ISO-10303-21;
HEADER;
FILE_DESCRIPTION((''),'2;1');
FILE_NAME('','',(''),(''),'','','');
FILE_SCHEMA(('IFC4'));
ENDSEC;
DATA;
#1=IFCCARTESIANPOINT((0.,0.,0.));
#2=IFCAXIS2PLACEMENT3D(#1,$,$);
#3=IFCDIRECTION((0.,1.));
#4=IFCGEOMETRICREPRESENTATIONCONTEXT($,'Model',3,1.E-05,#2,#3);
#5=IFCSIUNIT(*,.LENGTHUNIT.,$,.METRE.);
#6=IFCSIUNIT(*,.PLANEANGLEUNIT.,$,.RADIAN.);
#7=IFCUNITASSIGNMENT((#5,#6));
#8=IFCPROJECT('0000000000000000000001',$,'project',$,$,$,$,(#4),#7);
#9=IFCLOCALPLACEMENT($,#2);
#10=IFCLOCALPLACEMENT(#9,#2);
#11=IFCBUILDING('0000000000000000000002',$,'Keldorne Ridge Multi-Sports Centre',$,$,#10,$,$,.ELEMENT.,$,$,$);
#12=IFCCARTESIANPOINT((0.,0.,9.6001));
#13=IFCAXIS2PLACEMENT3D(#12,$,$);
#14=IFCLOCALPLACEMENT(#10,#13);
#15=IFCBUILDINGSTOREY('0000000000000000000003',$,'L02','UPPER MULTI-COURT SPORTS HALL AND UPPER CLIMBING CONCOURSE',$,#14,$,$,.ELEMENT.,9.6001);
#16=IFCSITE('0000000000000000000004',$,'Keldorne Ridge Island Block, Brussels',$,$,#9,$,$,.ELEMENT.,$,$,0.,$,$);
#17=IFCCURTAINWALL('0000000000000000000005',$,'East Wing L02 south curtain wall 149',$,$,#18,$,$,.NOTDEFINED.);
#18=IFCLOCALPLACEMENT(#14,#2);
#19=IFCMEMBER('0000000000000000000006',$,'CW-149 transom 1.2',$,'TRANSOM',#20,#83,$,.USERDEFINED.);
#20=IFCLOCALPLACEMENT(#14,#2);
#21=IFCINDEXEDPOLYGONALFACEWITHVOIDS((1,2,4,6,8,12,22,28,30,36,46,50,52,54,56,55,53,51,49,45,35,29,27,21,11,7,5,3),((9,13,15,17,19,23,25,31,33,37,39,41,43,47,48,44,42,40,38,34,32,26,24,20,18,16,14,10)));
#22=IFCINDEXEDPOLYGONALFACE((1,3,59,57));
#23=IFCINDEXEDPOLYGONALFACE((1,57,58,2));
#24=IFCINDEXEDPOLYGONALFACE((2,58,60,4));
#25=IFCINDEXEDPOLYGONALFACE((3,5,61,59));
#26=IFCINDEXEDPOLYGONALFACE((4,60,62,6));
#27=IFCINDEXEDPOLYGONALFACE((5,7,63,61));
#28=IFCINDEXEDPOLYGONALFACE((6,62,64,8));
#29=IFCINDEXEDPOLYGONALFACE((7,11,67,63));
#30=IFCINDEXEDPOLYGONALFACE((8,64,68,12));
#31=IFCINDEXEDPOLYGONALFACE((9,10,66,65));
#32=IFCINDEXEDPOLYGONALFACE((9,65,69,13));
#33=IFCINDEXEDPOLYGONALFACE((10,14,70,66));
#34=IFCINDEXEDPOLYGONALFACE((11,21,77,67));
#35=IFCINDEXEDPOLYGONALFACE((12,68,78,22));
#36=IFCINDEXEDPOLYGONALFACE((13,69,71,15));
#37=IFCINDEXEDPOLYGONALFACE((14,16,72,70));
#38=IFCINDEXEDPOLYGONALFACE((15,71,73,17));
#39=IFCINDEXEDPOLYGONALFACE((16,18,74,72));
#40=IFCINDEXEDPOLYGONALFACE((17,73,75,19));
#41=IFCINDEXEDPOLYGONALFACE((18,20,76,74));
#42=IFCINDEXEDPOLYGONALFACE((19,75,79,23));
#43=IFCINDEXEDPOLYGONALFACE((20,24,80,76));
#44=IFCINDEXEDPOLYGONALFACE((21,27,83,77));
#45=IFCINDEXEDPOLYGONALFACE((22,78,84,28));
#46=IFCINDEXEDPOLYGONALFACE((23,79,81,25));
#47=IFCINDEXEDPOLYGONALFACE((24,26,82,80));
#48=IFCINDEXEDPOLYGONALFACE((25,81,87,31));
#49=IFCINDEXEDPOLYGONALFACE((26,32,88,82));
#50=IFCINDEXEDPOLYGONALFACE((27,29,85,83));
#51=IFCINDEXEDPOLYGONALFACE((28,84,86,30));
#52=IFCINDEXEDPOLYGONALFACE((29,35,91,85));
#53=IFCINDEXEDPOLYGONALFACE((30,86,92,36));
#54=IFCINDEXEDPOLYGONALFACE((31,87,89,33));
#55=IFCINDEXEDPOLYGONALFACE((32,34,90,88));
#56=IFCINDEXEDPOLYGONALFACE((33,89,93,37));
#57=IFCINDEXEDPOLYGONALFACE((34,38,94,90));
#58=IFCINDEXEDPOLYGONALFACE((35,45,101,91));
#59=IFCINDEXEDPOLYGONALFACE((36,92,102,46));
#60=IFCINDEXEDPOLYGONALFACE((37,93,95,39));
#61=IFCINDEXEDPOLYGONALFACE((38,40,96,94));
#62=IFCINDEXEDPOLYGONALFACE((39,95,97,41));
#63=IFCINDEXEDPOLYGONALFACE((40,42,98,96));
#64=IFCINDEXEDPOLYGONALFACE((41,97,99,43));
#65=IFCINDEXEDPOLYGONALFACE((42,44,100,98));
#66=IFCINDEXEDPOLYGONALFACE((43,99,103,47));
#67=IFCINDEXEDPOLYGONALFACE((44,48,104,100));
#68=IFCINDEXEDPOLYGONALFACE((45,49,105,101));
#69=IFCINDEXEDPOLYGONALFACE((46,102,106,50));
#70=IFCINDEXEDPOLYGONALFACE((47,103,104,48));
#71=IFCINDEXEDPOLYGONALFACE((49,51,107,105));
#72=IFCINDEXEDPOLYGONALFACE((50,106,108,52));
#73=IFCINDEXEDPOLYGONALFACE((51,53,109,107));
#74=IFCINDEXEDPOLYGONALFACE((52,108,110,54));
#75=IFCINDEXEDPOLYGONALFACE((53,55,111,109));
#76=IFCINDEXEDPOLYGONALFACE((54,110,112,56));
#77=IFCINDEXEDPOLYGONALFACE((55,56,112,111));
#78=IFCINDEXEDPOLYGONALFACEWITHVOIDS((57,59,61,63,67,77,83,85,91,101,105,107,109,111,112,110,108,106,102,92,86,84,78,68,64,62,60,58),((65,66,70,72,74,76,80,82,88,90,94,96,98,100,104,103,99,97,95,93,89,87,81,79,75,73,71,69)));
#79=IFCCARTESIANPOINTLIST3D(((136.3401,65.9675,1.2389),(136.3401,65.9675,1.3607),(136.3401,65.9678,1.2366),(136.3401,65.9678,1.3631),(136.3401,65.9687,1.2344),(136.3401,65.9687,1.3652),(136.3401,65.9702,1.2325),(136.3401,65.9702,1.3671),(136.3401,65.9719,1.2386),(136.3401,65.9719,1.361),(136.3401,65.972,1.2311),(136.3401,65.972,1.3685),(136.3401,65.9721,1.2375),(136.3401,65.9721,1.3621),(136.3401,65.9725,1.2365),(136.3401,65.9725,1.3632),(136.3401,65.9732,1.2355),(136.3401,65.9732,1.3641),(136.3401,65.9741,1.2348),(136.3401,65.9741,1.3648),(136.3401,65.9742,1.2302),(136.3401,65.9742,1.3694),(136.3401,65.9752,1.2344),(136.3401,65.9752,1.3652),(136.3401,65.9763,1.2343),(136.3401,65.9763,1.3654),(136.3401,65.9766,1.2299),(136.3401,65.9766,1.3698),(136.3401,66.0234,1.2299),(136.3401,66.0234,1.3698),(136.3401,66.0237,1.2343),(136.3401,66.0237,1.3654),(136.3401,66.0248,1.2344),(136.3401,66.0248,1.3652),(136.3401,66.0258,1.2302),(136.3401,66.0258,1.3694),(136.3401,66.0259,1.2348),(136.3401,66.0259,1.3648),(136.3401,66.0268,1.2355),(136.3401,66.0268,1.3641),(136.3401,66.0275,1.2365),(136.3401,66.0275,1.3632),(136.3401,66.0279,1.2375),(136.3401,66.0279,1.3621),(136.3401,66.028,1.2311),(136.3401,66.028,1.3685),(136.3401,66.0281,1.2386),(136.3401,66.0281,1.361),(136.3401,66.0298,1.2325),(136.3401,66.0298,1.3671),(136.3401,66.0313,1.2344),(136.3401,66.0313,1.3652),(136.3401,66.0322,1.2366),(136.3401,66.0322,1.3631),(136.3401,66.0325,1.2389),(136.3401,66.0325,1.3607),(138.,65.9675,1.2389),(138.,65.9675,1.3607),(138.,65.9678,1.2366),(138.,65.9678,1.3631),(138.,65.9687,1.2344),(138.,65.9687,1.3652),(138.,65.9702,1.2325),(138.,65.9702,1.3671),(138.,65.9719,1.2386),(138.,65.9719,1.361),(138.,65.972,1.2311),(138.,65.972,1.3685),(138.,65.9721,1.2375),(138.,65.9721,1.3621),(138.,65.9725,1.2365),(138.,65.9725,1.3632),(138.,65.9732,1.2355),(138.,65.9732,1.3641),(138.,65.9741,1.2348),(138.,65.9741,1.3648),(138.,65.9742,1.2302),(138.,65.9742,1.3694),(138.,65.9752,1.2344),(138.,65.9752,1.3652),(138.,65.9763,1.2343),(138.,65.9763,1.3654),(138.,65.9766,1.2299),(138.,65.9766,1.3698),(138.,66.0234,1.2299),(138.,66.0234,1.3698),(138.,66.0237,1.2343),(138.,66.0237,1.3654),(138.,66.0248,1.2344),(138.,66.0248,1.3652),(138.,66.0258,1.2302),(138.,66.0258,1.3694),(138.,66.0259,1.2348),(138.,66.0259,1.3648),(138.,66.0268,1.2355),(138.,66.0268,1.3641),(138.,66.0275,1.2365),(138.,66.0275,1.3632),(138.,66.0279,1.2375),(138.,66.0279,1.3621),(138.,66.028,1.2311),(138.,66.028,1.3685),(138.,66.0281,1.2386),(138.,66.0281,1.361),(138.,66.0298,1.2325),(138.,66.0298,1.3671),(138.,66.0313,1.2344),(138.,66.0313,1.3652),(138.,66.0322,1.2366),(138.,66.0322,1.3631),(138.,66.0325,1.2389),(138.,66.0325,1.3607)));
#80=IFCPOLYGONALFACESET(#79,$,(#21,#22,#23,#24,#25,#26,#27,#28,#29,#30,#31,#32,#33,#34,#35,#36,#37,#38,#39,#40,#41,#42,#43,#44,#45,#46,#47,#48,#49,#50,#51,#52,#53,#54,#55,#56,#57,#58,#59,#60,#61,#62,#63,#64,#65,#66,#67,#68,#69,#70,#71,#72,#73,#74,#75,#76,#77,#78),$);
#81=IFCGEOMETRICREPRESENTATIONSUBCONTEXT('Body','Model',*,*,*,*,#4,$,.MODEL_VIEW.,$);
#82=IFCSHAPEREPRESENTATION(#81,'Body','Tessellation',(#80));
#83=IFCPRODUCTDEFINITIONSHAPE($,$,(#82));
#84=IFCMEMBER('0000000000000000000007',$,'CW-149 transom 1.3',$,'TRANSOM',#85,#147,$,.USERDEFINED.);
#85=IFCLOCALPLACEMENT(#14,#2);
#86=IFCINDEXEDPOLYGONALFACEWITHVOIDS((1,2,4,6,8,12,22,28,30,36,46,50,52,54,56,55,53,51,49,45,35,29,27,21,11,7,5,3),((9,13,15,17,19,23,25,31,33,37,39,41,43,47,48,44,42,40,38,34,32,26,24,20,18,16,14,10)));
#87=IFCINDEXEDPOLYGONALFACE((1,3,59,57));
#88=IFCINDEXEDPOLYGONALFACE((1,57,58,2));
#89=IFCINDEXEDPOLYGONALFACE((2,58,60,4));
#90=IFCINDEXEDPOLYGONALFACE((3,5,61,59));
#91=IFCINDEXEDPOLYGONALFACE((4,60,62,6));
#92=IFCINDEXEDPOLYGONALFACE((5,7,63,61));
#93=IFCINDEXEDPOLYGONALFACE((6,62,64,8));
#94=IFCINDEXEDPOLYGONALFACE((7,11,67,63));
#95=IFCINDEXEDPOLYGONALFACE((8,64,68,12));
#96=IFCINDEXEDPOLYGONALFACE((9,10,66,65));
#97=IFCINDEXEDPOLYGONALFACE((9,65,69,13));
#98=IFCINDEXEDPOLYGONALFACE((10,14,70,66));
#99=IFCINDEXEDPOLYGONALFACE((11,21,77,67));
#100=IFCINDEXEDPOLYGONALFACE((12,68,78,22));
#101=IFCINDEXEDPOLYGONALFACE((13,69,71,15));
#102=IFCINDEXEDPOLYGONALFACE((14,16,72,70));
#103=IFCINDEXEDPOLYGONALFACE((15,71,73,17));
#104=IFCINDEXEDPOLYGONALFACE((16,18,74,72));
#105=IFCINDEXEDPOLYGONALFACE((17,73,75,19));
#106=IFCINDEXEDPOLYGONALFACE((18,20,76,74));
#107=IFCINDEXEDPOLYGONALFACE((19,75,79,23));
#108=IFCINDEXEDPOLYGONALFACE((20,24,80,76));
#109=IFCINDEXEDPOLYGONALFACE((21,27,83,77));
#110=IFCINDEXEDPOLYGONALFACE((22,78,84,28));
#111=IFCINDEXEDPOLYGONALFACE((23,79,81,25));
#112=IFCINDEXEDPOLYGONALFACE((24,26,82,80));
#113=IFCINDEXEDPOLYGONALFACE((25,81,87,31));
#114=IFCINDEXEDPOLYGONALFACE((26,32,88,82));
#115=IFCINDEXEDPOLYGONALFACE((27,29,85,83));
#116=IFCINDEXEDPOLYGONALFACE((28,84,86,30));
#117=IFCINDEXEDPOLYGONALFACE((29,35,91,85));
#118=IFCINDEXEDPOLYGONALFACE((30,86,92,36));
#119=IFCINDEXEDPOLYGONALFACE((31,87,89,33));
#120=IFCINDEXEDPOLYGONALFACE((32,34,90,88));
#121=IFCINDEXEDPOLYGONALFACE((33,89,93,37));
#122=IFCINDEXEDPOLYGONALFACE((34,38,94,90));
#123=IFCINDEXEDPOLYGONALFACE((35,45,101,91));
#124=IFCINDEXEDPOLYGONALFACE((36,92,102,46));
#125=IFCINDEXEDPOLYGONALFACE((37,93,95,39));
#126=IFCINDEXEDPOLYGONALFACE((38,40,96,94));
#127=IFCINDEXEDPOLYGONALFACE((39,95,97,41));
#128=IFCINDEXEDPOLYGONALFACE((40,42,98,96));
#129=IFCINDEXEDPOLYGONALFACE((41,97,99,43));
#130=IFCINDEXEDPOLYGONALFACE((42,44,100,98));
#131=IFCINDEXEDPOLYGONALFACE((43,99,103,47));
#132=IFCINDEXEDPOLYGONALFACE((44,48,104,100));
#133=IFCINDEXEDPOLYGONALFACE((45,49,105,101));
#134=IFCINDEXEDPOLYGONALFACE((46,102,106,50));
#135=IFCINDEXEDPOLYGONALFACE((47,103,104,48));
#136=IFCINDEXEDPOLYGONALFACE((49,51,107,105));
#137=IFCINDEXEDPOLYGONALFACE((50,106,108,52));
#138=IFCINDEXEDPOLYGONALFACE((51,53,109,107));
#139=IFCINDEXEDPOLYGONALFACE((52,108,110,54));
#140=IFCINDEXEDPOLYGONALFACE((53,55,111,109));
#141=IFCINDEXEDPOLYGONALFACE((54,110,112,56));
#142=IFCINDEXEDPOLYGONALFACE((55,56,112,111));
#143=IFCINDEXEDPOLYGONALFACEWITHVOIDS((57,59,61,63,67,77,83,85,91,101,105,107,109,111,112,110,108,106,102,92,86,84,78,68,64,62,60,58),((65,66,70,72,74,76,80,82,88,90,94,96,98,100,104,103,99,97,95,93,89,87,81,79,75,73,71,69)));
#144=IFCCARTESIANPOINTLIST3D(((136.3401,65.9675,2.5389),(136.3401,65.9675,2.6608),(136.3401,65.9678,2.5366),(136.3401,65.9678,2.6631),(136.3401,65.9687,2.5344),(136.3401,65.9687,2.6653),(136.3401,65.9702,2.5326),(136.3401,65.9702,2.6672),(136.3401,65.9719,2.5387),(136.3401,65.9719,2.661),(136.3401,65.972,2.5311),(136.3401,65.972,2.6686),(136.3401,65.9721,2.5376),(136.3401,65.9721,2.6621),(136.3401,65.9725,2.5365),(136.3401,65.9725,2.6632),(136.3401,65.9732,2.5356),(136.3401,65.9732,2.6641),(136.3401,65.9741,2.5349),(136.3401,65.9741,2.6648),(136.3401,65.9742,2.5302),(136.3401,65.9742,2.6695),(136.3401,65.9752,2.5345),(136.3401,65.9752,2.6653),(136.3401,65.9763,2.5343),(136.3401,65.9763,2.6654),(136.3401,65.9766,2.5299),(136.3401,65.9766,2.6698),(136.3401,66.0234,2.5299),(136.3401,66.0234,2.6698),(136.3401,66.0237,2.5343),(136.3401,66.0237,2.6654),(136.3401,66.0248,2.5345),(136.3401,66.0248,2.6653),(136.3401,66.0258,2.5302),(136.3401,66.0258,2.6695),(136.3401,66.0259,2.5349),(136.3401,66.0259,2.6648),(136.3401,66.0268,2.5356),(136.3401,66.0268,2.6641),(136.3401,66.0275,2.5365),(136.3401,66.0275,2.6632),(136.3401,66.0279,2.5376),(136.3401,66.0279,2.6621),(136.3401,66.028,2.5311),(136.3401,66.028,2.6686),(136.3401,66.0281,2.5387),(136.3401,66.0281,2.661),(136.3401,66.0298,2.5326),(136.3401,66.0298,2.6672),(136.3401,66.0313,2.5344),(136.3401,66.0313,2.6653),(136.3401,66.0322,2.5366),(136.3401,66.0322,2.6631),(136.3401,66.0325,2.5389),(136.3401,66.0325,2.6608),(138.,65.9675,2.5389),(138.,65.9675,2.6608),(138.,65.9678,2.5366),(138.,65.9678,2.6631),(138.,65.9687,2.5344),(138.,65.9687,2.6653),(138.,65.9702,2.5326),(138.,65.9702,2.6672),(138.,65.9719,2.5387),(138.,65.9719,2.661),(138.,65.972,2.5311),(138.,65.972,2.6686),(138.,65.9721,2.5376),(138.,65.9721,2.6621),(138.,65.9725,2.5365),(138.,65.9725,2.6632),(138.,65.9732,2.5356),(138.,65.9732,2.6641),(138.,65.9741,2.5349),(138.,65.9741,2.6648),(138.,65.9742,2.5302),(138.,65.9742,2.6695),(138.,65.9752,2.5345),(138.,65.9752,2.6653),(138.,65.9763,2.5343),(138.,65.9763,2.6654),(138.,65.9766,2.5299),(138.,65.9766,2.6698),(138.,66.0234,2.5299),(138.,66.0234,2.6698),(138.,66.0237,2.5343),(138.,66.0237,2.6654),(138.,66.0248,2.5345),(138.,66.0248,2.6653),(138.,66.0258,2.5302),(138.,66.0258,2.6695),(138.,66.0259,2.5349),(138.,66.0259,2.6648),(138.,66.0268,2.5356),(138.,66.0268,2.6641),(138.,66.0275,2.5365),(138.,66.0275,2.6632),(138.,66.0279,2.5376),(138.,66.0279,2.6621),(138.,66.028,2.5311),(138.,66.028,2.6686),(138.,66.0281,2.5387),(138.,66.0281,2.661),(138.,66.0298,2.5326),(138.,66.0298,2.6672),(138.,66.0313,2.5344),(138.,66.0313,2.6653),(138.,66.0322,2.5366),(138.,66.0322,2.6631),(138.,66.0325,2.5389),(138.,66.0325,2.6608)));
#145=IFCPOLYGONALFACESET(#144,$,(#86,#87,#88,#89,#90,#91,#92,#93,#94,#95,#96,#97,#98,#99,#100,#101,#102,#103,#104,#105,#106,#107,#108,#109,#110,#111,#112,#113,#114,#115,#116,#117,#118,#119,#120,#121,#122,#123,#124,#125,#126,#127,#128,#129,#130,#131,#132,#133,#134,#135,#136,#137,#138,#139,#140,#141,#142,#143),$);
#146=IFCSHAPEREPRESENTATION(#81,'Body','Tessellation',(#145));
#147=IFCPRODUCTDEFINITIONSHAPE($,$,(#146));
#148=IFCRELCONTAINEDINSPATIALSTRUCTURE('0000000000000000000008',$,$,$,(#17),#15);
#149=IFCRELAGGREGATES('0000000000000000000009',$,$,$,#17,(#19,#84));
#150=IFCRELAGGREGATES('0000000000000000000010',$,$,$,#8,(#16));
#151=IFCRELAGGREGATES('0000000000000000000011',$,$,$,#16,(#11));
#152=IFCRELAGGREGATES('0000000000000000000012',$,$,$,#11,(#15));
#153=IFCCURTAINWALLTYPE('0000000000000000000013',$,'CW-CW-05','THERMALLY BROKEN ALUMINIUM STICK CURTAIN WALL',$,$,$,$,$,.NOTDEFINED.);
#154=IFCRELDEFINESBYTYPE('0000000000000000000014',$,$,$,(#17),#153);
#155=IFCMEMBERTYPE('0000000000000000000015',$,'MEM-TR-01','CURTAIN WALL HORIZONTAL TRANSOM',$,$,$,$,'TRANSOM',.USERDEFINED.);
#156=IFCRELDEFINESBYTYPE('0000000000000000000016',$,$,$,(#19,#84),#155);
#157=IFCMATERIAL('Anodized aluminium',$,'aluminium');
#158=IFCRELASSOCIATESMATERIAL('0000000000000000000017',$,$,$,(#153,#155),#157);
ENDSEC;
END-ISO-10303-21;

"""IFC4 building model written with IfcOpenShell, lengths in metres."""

from ifc_helpers import new_model, si_unit, direction, frame, origin, origin_2d, place, context, subcontext, project, spatial, hollow_rectangle, extrude, material, material_profile, profile_set, type_object, element, aggregate, save


model = new_model("IFC4")

# Units and contexts
model_context = context("Model", 3, precision=1e-05, world=origin(), true_north=direction((0.0, 1.0)))
body_context = subcontext(model_context, "Body", "Model", "MODEL_VIEW")
ifc_project = project(units=[si_unit("LENGTHUNIT", "METRE"), si_unit("PLANEANGLEUNIT", "RADIAN")], contexts=[model_context])

# Site, building, storey
site_placement = place(None, origin())
site = spatial("IfcSite", under=ifc_project, at=site_placement, Name="Keldorne Ridge Island Block, Brussels", CompositionType="ELEMENT", RefElevation=0.0)
building_placement = place(site_placement, origin())
building = spatial("IfcBuilding", under=site, at=building_placement, Name="Keldorne Ridge Multi-Sports Centre", CompositionType="ELEMENT")
storey_placement = place(building_placement, frame((0.0, 0.0, 9.6001)))
storey = spatial("IfcBuildingStorey", under=building, at=storey_placement, Name="L02", Description="UPPER MULTI-COURT SPORTS HALL AND UPPER CLIMBING CONCOURSE", CompositionType="ELEMENT", Elevation=9.6001)

# Curtain wall
ifc_material_1 = material(Name="Anodized aluminium", Category="aluminium")
curtain_wall_type_1 = type_object("IfcCurtainWallType", Name="CW-CW-05", Description="THERMALLY BROKEN ALUMINIUM STICK CURTAIN WALL", PredefinedType="NOTDEFINED", material=ifc_material_1)
curtain_wall_1_placement = place(storey_placement, origin())
curtain_wall_1 = element("IfcCurtainWall", 1, at=curtain_wall_1_placement, inside=storey, type_object=curtain_wall_type_1, Name="East Wing L02 south curtain wall 149", PredefinedType="NOTDEFINED")

# Members
ifc_material_profile_1 = material_profile(ifc_material_1, hollow_rectangle(XDim=0.0649, YDim=0.1399, WallThickness=0.0044, InnerFilletRadius=0.0044, OuterFilletRadius=0.009, at=origin_2d()), Name="ALU TRANSOM 140x65x4.5")
ifc_profile_set_1 = profile_set([ifc_material_profile_1], Name="Anodized aluminium")
member_type_1 = type_object("IfcMemberType", Name="MEM-TR-01", Description="CURTAIN WALL HORIZONTAL TRANSOM", ElementType="TRANSOM", PredefinedType="USERDEFINED", material=ifc_profile_set_1)
member_1_placement = place(storey_placement, frame((136.3401, 66.0, 1.2998), z_axis=(1.0, 0.0, 0.0), x_axis=(0.0, 1.0, 0.0)))
member_1 = element("IfcMember", 2, at=member_1_placement, type_object=member_type_1, Name="CW-149 transom 1.2", ObjectType="TRANSOM", PredefinedType="USERDEFINED", context=body_context, shape_type="SweptSolid", body=[
    extrude(hollow_rectangle(XDim=0.0649, YDim=0.1399, WallThickness=0.0044, InnerFilletRadius=0.0044, OuterFilletRadius=0.009, at=origin_2d()), origin(), (0.0, 0.0, 1.0), 1.6599),
])
member_2_placement = place(storey_placement, frame((136.3401, 66.0, 2.5999), z_axis=(1.0, 0.0, 0.0), x_axis=(0.0, 1.0, 0.0)))
member_2 = element("IfcMember", 3, at=member_2_placement, type_object=member_type_1, Name="CW-149 transom 1.3", ObjectType="TRANSOM", PredefinedType="USERDEFINED", context=body_context, shape_type="SweptSolid", body=[
    extrude(hollow_rectangle(XDim=0.0649, YDim=0.1399, WallThickness=0.0044, InnerFilletRadius=0.0044, OuterFilletRadius=0.009, at=origin_2d()), origin(), (0.0, 0.0, 1.0), 1.6599),
])

aggregate(curtain_wall_1, [member_1, member_2])

save(model, "model.ifc")
